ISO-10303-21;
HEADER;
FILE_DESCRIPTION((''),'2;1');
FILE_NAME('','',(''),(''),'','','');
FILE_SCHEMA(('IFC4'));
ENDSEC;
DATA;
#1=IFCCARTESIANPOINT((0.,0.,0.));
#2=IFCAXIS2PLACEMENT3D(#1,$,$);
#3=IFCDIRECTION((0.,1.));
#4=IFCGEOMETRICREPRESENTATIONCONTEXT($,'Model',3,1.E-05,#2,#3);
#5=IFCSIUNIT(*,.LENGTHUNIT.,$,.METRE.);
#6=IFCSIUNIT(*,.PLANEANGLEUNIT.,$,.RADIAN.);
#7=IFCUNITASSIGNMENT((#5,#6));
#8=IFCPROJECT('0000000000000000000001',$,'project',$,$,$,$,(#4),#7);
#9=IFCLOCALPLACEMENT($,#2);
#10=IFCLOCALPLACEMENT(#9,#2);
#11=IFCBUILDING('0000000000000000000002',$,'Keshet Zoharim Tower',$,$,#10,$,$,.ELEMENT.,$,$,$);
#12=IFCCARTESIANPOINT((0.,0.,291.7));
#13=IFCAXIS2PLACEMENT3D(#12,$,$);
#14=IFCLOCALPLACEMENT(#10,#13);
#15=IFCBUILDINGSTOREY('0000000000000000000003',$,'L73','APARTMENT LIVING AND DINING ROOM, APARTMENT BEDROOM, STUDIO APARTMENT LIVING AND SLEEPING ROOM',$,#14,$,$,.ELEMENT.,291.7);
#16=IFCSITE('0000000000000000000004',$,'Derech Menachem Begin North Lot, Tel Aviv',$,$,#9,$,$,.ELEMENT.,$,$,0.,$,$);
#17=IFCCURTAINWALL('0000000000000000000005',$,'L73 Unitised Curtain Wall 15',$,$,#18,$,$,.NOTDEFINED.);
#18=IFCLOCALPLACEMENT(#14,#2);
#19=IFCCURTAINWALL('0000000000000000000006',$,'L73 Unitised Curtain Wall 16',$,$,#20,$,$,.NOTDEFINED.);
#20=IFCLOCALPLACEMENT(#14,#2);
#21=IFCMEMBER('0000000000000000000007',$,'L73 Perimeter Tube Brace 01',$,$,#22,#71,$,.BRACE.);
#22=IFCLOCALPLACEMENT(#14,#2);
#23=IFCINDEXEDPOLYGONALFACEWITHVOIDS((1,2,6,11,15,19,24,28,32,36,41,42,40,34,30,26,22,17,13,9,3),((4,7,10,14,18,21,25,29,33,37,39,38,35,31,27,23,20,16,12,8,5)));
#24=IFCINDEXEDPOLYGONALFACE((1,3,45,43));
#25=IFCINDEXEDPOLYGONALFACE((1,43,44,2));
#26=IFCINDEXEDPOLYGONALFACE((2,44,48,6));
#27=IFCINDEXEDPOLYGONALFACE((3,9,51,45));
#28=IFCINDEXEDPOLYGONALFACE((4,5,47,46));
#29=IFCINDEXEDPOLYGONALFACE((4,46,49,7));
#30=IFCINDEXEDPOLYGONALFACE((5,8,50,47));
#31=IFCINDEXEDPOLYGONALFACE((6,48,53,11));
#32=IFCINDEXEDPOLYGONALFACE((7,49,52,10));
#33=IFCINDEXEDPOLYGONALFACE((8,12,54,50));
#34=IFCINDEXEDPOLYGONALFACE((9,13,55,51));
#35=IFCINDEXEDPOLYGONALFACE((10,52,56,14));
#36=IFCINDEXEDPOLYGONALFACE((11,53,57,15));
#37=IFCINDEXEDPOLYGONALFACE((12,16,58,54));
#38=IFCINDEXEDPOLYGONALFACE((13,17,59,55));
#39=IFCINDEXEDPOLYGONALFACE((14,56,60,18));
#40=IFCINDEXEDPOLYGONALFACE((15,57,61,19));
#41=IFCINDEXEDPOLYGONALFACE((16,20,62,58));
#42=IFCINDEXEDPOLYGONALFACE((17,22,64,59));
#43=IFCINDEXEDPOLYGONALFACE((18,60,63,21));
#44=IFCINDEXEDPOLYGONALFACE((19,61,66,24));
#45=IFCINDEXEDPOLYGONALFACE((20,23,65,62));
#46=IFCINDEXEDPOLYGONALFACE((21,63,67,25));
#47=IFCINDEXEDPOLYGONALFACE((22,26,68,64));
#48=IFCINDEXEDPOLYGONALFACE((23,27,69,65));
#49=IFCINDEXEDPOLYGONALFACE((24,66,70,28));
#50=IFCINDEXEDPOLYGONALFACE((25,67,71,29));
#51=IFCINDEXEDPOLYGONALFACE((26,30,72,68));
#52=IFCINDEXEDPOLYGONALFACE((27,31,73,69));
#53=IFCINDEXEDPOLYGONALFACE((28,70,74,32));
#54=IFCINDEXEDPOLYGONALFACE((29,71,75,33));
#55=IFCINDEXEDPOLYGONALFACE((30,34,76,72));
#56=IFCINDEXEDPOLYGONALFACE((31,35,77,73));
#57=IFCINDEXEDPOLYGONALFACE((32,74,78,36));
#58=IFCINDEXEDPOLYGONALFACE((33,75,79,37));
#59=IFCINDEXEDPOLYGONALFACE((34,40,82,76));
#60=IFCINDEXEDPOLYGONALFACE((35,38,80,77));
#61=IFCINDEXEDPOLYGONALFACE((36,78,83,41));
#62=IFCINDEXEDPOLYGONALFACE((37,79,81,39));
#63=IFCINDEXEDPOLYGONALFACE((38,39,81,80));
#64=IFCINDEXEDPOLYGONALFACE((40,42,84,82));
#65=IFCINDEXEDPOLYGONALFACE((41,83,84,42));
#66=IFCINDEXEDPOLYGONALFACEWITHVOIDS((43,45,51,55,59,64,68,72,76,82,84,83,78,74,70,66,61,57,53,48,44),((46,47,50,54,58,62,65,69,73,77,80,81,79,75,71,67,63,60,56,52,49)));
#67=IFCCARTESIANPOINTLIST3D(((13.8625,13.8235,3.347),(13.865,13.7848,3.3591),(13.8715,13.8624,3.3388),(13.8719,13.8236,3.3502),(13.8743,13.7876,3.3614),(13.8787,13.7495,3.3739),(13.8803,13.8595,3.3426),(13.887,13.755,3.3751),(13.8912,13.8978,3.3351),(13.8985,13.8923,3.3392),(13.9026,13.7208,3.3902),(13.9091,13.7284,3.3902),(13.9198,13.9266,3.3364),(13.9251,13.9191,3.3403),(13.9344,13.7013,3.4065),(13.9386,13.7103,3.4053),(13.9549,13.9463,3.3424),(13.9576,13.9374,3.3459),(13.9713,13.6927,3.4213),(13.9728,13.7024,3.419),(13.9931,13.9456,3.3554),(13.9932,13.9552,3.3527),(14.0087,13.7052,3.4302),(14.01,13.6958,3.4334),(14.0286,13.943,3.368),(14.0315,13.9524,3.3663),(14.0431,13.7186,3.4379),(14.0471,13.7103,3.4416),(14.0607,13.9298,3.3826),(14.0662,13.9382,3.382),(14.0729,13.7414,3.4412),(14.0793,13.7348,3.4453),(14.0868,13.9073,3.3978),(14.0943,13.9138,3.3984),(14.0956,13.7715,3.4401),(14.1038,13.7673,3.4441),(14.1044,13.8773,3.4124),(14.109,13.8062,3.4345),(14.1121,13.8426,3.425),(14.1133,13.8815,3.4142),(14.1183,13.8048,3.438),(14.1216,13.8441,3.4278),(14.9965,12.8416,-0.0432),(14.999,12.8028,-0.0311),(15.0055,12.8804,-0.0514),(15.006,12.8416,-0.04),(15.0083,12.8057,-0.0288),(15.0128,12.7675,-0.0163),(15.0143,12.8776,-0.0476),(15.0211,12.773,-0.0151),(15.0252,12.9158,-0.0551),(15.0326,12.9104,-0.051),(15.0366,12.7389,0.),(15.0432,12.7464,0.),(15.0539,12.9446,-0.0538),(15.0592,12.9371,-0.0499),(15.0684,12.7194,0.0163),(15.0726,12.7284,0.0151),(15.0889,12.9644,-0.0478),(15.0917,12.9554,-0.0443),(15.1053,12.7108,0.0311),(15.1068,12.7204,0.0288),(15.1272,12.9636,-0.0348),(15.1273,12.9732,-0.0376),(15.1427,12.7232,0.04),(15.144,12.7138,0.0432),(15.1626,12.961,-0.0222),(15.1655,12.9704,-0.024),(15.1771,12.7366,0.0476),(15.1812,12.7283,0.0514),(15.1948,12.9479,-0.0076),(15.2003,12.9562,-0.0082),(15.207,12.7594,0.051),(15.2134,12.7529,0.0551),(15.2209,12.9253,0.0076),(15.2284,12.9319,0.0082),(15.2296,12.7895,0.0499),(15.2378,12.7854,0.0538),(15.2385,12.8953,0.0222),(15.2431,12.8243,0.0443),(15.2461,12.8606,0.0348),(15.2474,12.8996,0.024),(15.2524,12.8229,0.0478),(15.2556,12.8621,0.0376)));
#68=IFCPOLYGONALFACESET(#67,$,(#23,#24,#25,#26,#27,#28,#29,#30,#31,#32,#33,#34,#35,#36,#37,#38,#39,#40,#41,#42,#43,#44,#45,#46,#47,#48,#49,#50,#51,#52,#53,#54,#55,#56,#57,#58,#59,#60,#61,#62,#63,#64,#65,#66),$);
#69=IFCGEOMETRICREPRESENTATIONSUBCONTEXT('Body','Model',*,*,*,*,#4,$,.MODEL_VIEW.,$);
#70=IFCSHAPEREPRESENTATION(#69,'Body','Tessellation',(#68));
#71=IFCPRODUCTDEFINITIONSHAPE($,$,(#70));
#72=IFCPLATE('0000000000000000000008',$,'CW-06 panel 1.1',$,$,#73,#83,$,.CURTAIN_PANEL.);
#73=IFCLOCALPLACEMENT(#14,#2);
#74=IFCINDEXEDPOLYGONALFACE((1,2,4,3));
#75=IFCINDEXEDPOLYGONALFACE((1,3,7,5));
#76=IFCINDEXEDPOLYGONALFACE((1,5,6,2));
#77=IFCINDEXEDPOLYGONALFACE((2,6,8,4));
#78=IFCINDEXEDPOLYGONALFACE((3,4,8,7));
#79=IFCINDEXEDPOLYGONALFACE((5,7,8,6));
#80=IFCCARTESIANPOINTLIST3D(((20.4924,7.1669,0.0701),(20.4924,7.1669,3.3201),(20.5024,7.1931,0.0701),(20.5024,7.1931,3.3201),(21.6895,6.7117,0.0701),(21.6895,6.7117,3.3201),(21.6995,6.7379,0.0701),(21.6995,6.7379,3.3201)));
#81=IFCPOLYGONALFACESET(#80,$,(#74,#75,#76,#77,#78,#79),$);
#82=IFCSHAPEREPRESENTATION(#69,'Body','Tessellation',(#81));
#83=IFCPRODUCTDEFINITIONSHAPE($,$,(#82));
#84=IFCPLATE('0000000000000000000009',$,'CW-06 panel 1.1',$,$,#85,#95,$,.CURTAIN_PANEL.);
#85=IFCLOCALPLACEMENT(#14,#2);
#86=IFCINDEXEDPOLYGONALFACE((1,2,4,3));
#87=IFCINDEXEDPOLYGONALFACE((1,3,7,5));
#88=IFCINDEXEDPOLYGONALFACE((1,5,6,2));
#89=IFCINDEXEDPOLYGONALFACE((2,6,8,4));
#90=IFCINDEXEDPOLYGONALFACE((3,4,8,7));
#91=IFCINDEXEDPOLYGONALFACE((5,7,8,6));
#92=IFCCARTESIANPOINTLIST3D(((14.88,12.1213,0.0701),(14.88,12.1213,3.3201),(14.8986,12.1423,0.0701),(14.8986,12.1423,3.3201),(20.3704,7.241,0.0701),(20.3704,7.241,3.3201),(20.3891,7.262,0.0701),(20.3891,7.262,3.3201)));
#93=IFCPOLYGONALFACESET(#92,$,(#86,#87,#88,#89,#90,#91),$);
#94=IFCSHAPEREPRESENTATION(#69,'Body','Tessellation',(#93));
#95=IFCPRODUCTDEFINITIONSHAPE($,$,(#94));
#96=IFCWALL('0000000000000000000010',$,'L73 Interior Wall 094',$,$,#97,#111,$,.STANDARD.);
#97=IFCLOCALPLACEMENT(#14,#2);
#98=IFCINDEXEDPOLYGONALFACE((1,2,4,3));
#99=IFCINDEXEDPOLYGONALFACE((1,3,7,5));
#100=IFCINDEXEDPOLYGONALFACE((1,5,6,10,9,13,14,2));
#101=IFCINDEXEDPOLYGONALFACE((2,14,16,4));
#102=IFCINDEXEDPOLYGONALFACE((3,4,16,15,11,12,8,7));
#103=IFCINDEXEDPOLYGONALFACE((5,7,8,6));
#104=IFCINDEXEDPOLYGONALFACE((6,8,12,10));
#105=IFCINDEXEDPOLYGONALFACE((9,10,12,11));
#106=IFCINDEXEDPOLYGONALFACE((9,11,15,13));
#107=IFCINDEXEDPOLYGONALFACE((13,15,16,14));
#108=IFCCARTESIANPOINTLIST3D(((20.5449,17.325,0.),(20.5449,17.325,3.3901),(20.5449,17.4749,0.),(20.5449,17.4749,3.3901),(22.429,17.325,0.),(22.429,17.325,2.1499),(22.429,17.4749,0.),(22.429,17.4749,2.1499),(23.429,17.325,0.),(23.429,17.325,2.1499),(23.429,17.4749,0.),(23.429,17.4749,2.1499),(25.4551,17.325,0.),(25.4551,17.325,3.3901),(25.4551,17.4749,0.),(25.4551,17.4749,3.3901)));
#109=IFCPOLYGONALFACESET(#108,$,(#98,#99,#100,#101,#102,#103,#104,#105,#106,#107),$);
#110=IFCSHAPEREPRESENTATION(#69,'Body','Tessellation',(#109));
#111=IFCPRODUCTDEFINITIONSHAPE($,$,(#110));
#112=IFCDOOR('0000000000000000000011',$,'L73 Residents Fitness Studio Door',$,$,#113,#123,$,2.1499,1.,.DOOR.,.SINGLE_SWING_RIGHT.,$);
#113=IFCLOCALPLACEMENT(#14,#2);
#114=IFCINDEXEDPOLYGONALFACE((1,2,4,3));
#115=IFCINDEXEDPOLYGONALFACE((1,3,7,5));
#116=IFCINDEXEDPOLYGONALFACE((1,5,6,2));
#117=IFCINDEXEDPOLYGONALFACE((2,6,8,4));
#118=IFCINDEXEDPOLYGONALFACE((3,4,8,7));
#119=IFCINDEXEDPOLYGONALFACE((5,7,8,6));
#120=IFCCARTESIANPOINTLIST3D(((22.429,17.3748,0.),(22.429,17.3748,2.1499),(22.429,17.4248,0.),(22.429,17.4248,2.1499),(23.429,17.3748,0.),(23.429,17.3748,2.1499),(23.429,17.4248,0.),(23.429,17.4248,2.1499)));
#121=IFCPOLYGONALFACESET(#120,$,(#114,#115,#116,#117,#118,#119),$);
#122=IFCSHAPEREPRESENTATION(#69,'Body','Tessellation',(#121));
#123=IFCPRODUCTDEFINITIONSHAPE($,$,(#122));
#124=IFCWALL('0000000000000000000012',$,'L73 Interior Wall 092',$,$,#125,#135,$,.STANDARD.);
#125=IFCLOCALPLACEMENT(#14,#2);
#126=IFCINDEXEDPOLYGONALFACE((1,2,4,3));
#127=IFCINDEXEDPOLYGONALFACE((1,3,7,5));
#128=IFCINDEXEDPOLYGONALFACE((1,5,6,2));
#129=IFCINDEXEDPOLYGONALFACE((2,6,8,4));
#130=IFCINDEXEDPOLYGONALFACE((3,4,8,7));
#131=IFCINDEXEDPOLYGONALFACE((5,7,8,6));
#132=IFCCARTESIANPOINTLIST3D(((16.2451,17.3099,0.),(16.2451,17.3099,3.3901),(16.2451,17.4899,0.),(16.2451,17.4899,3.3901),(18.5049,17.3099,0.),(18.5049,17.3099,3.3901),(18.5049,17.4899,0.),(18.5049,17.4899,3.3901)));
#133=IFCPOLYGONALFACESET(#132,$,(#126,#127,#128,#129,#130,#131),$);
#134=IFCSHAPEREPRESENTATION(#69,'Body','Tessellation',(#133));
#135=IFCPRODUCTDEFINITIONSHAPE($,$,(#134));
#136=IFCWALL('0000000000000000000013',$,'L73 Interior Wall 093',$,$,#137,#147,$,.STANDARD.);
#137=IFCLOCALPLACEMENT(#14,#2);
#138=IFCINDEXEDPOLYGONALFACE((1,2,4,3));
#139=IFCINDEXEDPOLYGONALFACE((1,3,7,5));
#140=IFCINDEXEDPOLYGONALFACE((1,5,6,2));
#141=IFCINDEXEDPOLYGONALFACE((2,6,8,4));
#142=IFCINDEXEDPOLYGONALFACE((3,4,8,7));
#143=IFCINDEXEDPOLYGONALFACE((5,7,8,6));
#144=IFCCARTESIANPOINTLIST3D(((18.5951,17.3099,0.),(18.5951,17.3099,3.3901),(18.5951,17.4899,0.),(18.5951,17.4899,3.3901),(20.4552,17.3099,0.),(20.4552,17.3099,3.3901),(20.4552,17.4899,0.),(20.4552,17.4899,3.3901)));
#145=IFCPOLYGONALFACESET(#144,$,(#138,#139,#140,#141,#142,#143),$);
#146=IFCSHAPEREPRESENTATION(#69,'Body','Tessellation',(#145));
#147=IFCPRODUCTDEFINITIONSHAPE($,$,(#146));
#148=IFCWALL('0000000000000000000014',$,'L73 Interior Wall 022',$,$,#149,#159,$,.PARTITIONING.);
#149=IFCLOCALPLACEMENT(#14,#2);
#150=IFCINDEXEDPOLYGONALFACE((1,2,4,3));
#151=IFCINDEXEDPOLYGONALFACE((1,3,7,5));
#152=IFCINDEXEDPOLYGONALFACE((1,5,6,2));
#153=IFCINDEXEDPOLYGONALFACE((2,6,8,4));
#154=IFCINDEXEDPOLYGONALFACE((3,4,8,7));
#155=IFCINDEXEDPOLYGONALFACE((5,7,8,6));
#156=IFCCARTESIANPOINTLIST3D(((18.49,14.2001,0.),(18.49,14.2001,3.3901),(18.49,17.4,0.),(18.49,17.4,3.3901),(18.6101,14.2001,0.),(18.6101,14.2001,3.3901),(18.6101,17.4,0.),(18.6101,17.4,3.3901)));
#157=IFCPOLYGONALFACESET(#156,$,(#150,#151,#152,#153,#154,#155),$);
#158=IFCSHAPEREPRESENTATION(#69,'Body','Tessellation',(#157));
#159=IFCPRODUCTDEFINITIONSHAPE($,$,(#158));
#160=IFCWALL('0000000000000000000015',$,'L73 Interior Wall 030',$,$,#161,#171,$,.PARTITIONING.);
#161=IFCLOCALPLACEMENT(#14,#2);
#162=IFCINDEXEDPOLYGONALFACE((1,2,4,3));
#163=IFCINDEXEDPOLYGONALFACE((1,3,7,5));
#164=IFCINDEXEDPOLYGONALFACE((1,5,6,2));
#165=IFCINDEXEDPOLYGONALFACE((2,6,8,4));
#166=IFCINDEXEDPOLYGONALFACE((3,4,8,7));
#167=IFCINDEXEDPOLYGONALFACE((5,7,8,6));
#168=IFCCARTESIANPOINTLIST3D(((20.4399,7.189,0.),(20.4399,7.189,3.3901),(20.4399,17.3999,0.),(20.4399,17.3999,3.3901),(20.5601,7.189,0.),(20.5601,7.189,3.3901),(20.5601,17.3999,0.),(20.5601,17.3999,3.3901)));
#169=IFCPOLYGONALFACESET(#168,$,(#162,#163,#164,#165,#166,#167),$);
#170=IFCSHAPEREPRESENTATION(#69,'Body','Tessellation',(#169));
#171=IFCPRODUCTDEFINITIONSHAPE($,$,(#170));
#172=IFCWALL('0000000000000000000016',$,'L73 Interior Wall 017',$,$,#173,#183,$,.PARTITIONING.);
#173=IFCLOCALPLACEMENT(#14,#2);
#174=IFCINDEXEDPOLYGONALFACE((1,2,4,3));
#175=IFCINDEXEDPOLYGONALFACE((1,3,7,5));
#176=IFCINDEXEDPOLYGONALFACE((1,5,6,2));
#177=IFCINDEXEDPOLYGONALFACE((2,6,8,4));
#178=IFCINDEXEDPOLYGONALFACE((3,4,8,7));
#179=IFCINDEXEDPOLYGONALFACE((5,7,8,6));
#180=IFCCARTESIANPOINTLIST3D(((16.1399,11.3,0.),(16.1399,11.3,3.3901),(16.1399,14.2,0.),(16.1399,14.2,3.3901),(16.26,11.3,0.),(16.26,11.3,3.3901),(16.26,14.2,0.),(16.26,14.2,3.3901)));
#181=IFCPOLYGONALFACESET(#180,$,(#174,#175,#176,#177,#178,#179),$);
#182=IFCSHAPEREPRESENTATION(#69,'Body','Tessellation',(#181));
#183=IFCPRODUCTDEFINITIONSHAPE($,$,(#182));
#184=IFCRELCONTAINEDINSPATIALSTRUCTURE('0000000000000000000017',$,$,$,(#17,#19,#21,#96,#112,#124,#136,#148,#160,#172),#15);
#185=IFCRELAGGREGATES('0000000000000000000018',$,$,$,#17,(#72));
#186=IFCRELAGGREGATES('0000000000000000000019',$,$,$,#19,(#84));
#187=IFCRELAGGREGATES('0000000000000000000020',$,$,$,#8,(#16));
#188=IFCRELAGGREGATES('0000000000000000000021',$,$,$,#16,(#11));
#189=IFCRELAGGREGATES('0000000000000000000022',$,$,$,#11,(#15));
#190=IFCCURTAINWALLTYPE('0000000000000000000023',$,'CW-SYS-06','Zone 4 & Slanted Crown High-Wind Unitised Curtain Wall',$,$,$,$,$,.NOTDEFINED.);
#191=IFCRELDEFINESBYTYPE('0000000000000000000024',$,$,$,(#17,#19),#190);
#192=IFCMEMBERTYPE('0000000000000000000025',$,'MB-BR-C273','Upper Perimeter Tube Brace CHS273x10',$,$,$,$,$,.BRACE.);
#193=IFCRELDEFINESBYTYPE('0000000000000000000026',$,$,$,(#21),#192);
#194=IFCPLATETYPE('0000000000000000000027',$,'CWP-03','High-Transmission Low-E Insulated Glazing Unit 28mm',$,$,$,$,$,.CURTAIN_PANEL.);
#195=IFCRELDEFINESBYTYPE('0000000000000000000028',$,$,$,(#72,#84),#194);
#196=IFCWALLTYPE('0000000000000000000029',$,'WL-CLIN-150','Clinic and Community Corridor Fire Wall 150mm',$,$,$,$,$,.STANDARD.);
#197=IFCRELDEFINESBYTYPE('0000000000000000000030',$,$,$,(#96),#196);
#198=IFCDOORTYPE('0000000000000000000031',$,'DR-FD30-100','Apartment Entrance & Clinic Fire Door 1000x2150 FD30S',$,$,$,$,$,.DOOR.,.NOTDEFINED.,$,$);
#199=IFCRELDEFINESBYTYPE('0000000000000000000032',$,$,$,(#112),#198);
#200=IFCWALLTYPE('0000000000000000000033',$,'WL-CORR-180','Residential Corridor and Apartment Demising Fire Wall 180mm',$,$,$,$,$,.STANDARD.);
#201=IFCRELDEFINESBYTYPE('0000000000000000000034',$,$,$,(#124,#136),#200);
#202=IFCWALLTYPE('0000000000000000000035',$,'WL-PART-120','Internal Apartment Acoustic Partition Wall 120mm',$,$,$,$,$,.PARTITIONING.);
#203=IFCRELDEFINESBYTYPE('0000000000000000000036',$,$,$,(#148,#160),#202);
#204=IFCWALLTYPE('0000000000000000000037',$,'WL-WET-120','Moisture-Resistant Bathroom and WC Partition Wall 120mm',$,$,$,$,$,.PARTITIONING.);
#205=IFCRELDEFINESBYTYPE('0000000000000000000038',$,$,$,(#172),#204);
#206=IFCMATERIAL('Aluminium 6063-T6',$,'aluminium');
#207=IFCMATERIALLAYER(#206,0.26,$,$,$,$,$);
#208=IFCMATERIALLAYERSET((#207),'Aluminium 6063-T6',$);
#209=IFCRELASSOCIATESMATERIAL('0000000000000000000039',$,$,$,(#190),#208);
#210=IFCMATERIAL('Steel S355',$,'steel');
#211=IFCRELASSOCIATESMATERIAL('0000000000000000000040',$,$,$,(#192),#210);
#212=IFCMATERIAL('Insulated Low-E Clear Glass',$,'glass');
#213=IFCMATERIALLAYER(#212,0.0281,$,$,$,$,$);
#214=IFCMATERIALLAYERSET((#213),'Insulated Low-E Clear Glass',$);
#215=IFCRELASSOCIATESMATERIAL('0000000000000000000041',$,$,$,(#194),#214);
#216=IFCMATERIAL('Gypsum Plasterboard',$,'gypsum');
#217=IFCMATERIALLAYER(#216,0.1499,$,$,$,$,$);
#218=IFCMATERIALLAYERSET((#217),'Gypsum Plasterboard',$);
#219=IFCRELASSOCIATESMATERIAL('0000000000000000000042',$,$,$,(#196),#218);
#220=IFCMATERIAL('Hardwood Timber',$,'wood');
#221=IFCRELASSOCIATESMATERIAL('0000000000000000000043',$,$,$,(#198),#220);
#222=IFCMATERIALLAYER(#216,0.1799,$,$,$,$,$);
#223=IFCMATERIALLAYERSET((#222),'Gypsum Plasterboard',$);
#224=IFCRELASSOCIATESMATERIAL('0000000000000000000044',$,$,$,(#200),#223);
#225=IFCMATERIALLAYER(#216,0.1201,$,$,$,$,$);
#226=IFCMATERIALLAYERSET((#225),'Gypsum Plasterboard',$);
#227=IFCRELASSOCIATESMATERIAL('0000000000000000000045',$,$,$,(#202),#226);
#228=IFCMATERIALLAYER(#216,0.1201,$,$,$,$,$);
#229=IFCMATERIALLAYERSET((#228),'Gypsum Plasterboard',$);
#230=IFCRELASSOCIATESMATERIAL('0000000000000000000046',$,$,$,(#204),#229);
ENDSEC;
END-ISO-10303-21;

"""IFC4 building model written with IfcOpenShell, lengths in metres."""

from ifc_helpers import new_model, si_unit, direction, frame, frame_2d, origin, origin_2d, place, context, subcontext, project, spatial, rectangle, hollow_circle, extrude, material, layer, layer_set, material_profile, profile_set, type_object, element, fill, aggregate, save


model = new_model("IFC4")

# Units and contexts
model_context = context("Model", 3, precision=1e-05, world=origin(), true_north=direction((0.0, 1.0)))
body_context = subcontext(model_context, "Body", "Model", "MODEL_VIEW")
ifc_project = project(units=[si_unit("LENGTHUNIT", "METRE"), si_unit("PLANEANGLEUNIT", "RADIAN")], contexts=[model_context])

# Site, building, storey
site_placement = place(None, origin())
site = spatial("IfcSite", under=ifc_project, at=site_placement, Name="Derech Menachem Begin North Lot, Tel Aviv", CompositionType="ELEMENT", RefElevation=0.0)
building_placement = place(site_placement, origin())
building = spatial("IfcBuilding", under=site, at=building_placement, Name="Keshet Zoharim Tower", CompositionType="ELEMENT")
storey_placement = place(building_placement, frame((0.0, 0.0, 291.7)))
storey = spatial("IfcBuildingStorey", under=building, at=storey_placement, Name="L73", Description="APARTMENT LIVING AND DINING ROOM, APARTMENT BEDROOM, STUDIO APARTMENT LIVING AND SLEEPING ROOM", CompositionType="ELEMENT", Elevation=291.7)

# Shared definitions
ifc_material_1 = material(Name="Steel S355", Category="steel")

# Curtain walls
ifc_material_2 = material(Name="Aluminium 6063-T6", Category="aluminium")
ifc_layer_1 = layer(ifc_material_2, 0.26)
ifc_layer_set_1 = layer_set([ifc_layer_1], Name="Aluminium 6063-T6")
curtain_wall_type = type_object("IfcCurtainWallType", Name="CW-SYS-06", Description="Zone 4 & Slanted Crown High-Wind Unitised Curtain Wall", PredefinedType="NOTDEFINED", material=ifc_layer_set_1)
curtain_wall_1_placement = place(storey_placement, origin())
curtain_wall_1 = element("IfcCurtainWall", 1, at=curtain_wall_1_placement, inside=storey, type_object=curtain_wall_type, Name="L73 Unitised Curtain Wall 15", PredefinedType="NOTDEFINED")
curtain_wall_2_placement = place(storey_placement, origin())
curtain_wall_2 = element("IfcCurtainWall", 2, at=curtain_wall_2_placement, inside=storey, type_object=curtain_wall_type, Name="L73 Unitised Curtain Wall 16", PredefinedType="NOTDEFINED")

# Member
ifc_material_profile_1 = material_profile(ifc_material_1, hollow_circle(Radius=0.1365, WallThickness=0.01, at=origin_2d()), Name="CHS273x10")
ifc_profile_set_1 = profile_set([ifc_material_profile_1], Name="Steel S355")
member_type_1 = type_object("IfcMemberType", Name="MB-BR-C273", Description="Upper Perimeter Tube Brace CHS273x10", PredefinedType="BRACE", material=ifc_profile_set_1)
member_1_placement = place(storey_placement, frame((15.126, 12.842, 0.0), z_axis=(-0.305901, 0.264873, 0.914476), x_axis=(-0.65459, -0.755984, 0.0)))
element("IfcMember", 3, at=member_1_placement, inside=storey, type_object=member_type_1, Name="L73 Perimeter Tube Brace 01", PredefinedType="BRACE", context=body_context, shape_type="SweptSolid", body=[
    extrude(hollow_circle(Radius=0.1365, WallThickness=0.01, at=origin_2d()), origin(), (0.0, 0.0, 1.0), 3.7073),
])

# Plates
ifc_material_3 = material(Name="Insulated Low-E Clear Glass", Category="glass")
ifc_layer_2 = layer(ifc_material_3, 0.0281)
ifc_layer_set_2 = layer_set([ifc_layer_2], Name="Insulated Low-E Clear Glass")
plate_type = type_object("IfcPlateType", Name="CWP-03", Description="High-Transmission Low-E Insulated Glazing Unit 28mm", PredefinedType="CURTAIN_PANEL", material=ifc_layer_set_2)
plate_1_placement = place(storey_placement, frame((21.0959, 6.9524, 0.0701), z_axis=(0.0, 0.0, 1.0), x_axis=(-0.934699, 0.355439, 0.0)))
plate_1 = element("IfcPlate", 4, at=plate_1_placement, type_object=plate_type, Name="CW-06 panel 1.1", PredefinedType="CURTAIN_PANEL", context=body_context, shape_type="SweptSolid", body=[
    extrude(rectangle(XDim=1.2808, YDim=0.0281, at=origin_2d()), origin(), (0.0, 0.0, 1.0), 3.25),
])
aggregate(curtain_wall_1, [plate_1])
plate_2_placement = place(storey_placement, frame((17.6345, 9.6917, 0.0701), z_axis=(0.0, 0.0, 1.0), x_axis=(-0.747411, 0.664362, 0.0)))
plate_2 = element("IfcPlate", 5, at=plate_2_placement, type_object=plate_type, Name="CW-06 panel 1.1", PredefinedType="CURTAIN_PANEL", context=body_context, shape_type="SweptSolid", body=[
    extrude(rectangle(XDim=7.3459, YDim=0.0281, at=origin_2d()), origin(), (0.0, 0.0, 1.0), 3.25),
])
aggregate(curtain_wall_2, [plate_2])

# Wall, opening, door
ifc_material_4 = material(Name="Gypsum Plasterboard", Category="gypsum")
ifc_layer_3 = layer(ifc_material_4, 0.1499)
ifc_layer_set_3 = layer_set([ifc_layer_3], Name="Gypsum Plasterboard")
wall_type_1 = type_object("IfcWallType", Name="WL-CLIN-150", Description="Clinic and Community Corridor Fire Wall 150mm", PredefinedType="STANDARD", material=ifc_layer_set_3)
wall_1_placement = place(storey_placement, frame((20.5449, 17.3999, 0.0), z_axis=(0.0, 0.0, 1.0), x_axis=(1.0, 0.0, 0.0)))
wall_1 = element("IfcWall", 6, at=wall_1_placement, inside=storey, type_object=wall_type_1, Name="L73 Interior Wall 094", PredefinedType="STANDARD", context=body_context, shape_type="SweptSolid", body=[
    extrude(rectangle(XDim=4.9102, YDim=0.1499, at=frame_2d((2.4551, 0.0))), origin(), (0.0, 0.0, 1.0), 3.3901),
])
opening_1_placement = place(wall_1_placement, frame((1.884, 0.0, 0.0)))
opening_1 = element("IfcOpeningElement", 7, at=opening_1_placement, cuts=wall_1, PredefinedType="OPENING", context=body_context, shape_type="SweptSolid", body=[
    extrude(rectangle(XDim=1.0, YDim=2.1499, at=frame_2d((0.5, 1.075))), frame((0.0, 0.085, 0.0), z_axis=(0.0, -1.0, 0.0), x_axis=(1.0, 0.0, 0.0)), (0.0, 0.0, 1.0), 0.1699),
])
ifc_material_5 = material(Name="Hardwood Timber", Category="wood")
door_type_1 = type_object("IfcDoorType", Name="DR-FD30-100", Description="Apartment Entrance & Clinic Fire Door 1000x2150 FD30S", OperationType="NOTDEFINED", PredefinedType="DOOR", material=ifc_material_5)
door_1_placement = place(opening_1_placement, origin())
door_1 = element("IfcDoor", 8, at=door_1_placement, inside=storey, type_object=door_type_1, Name="L73 Residents Fitness Studio Door", OperationType="SINGLE_SWING_RIGHT", OverallHeight=2.1499, OverallWidth=1.0, PredefinedType="DOOR", context=body_context, shape_type="SweptSolid", body=[
    extrude(rectangle(XDim=1.0, YDim=2.1499, at=frame_2d((0.5, 1.075))), frame((0.0, 0.0249, 0.0), z_axis=(0.0, -1.0, 0.0), x_axis=(1.0, 0.0, 0.0)), (0.0, 0.0, 1.0), 0.05),
])
fill(opening_1, door_1)

# Walls
ifc_layer_4 = layer(ifc_material_4, 0.1799)
ifc_layer_set_4 = layer_set([ifc_layer_4], Name="Gypsum Plasterboard")
wall_type_2 = type_object("IfcWallType", Name="WL-CORR-180", Description="Residential Corridor and Apartment Demising Fire Wall 180mm", PredefinedType="STANDARD", material=ifc_layer_set_4)
wall_2_placement = place(storey_placement, frame((16.2451, 17.3999, 0.0), z_axis=(0.0, 0.0, 1.0), x_axis=(1.0, 0.0, 0.0)))
element("IfcWall", 9, at=wall_2_placement, inside=storey, type_object=wall_type_2, Name="L73 Interior Wall 092", PredefinedType="STANDARD", context=body_context, shape_type="SweptSolid", body=[
    extrude(rectangle(XDim=2.2598, YDim=0.1799, at=frame_2d((1.1299, 0.0))), origin(), (0.0, 0.0, 1.0), 3.3901),
])
wall_3_placement = place(storey_placement, frame((18.595, 17.3999, 0.0), z_axis=(0.0, 0.0, 1.0), x_axis=(1.0, 0.0, 0.0)))
element("IfcWall", 10, at=wall_3_placement, inside=storey, type_object=wall_type_2, Name="L73 Interior Wall 093", PredefinedType="STANDARD", context=body_context, shape_type="SweptSolid", body=[
    extrude(rectangle(XDim=1.8601, YDim=0.1799, at=frame_2d((0.9302, 0.0))), origin(), (0.0, 0.0, 1.0), 3.3901),
])

# Shared definitions
ifc_layer_5 = layer(ifc_material_4, 0.1201)
ifc_layer_set_5 = layer_set([ifc_layer_5], Name="Gypsum Plasterboard")
wall_type_3 = type_object("IfcWallType", Name="WL-PART-120", Description="Internal Apartment Acoustic Partition Wall 120mm", PredefinedType="PARTITIONING", material=ifc_layer_set_5)

# Walls
wall_4_placement = place(storey_placement, frame((18.55, 14.2, 0.0), z_axis=(0.0, 0.0, 1.0), x_axis=(0.0, 1.0, 0.0)))
element("IfcWall", 11, at=wall_4_placement, inside=storey, type_object=wall_type_3, Name="L73 Interior Wall 022", PredefinedType="PARTITIONING", context=body_context, shape_type="SweptSolid", body=[
    extrude(rectangle(XDim=3.2, YDim=0.1201, at=frame_2d((1.6001, 0.0))), origin(), (0.0, 0.0, 1.0), 3.3901),
])
wall_5_placement = place(storey_placement, frame((20.5, 7.189, 0.0), z_axis=(0.0, 0.0, 1.0), x_axis=(0.0, 1.0, 0.0)))
element("IfcWall", 12, at=wall_5_placement, inside=storey, type_object=wall_type_3, Name="L73 Interior Wall 030", PredefinedType="PARTITIONING", context=body_context, shape_type="SweptSolid", body=[
    extrude(rectangle(XDim=10.2109, YDim=0.1201, at=frame_2d((5.1055, 0.0))), origin(), (0.0, 0.0, 1.0), 3.3901),
])
ifc_layer_6 = layer(ifc_material_4, 0.1201)
ifc_layer_set_6 = layer_set([ifc_layer_6], Name="Gypsum Plasterboard")
wall_type_4 = type_object("IfcWallType", Name="WL-WET-120", Description="Moisture-Resistant Bathroom and WC Partition Wall 120mm", PredefinedType="PARTITIONING", material=ifc_layer_set_6)
wall_6_placement = place(storey_placement, frame((16.2, 11.3, 0.0), z_axis=(0.0, 0.0, 1.0), x_axis=(0.0, 1.0, 0.0)))
element("IfcWall", 13, at=wall_6_placement, inside=storey, type_object=wall_type_4, Name="L73 Interior Wall 017", PredefinedType="PARTITIONING", context=body_context, shape_type="SweptSolid", body=[
    extrude(rectangle(XDim=2.8999, YDim=0.1201, at=frame_2d((1.45, 0.0))), origin(), (0.0, 0.0, 1.0), 3.3901),
])

save(model, "model.ifc")
